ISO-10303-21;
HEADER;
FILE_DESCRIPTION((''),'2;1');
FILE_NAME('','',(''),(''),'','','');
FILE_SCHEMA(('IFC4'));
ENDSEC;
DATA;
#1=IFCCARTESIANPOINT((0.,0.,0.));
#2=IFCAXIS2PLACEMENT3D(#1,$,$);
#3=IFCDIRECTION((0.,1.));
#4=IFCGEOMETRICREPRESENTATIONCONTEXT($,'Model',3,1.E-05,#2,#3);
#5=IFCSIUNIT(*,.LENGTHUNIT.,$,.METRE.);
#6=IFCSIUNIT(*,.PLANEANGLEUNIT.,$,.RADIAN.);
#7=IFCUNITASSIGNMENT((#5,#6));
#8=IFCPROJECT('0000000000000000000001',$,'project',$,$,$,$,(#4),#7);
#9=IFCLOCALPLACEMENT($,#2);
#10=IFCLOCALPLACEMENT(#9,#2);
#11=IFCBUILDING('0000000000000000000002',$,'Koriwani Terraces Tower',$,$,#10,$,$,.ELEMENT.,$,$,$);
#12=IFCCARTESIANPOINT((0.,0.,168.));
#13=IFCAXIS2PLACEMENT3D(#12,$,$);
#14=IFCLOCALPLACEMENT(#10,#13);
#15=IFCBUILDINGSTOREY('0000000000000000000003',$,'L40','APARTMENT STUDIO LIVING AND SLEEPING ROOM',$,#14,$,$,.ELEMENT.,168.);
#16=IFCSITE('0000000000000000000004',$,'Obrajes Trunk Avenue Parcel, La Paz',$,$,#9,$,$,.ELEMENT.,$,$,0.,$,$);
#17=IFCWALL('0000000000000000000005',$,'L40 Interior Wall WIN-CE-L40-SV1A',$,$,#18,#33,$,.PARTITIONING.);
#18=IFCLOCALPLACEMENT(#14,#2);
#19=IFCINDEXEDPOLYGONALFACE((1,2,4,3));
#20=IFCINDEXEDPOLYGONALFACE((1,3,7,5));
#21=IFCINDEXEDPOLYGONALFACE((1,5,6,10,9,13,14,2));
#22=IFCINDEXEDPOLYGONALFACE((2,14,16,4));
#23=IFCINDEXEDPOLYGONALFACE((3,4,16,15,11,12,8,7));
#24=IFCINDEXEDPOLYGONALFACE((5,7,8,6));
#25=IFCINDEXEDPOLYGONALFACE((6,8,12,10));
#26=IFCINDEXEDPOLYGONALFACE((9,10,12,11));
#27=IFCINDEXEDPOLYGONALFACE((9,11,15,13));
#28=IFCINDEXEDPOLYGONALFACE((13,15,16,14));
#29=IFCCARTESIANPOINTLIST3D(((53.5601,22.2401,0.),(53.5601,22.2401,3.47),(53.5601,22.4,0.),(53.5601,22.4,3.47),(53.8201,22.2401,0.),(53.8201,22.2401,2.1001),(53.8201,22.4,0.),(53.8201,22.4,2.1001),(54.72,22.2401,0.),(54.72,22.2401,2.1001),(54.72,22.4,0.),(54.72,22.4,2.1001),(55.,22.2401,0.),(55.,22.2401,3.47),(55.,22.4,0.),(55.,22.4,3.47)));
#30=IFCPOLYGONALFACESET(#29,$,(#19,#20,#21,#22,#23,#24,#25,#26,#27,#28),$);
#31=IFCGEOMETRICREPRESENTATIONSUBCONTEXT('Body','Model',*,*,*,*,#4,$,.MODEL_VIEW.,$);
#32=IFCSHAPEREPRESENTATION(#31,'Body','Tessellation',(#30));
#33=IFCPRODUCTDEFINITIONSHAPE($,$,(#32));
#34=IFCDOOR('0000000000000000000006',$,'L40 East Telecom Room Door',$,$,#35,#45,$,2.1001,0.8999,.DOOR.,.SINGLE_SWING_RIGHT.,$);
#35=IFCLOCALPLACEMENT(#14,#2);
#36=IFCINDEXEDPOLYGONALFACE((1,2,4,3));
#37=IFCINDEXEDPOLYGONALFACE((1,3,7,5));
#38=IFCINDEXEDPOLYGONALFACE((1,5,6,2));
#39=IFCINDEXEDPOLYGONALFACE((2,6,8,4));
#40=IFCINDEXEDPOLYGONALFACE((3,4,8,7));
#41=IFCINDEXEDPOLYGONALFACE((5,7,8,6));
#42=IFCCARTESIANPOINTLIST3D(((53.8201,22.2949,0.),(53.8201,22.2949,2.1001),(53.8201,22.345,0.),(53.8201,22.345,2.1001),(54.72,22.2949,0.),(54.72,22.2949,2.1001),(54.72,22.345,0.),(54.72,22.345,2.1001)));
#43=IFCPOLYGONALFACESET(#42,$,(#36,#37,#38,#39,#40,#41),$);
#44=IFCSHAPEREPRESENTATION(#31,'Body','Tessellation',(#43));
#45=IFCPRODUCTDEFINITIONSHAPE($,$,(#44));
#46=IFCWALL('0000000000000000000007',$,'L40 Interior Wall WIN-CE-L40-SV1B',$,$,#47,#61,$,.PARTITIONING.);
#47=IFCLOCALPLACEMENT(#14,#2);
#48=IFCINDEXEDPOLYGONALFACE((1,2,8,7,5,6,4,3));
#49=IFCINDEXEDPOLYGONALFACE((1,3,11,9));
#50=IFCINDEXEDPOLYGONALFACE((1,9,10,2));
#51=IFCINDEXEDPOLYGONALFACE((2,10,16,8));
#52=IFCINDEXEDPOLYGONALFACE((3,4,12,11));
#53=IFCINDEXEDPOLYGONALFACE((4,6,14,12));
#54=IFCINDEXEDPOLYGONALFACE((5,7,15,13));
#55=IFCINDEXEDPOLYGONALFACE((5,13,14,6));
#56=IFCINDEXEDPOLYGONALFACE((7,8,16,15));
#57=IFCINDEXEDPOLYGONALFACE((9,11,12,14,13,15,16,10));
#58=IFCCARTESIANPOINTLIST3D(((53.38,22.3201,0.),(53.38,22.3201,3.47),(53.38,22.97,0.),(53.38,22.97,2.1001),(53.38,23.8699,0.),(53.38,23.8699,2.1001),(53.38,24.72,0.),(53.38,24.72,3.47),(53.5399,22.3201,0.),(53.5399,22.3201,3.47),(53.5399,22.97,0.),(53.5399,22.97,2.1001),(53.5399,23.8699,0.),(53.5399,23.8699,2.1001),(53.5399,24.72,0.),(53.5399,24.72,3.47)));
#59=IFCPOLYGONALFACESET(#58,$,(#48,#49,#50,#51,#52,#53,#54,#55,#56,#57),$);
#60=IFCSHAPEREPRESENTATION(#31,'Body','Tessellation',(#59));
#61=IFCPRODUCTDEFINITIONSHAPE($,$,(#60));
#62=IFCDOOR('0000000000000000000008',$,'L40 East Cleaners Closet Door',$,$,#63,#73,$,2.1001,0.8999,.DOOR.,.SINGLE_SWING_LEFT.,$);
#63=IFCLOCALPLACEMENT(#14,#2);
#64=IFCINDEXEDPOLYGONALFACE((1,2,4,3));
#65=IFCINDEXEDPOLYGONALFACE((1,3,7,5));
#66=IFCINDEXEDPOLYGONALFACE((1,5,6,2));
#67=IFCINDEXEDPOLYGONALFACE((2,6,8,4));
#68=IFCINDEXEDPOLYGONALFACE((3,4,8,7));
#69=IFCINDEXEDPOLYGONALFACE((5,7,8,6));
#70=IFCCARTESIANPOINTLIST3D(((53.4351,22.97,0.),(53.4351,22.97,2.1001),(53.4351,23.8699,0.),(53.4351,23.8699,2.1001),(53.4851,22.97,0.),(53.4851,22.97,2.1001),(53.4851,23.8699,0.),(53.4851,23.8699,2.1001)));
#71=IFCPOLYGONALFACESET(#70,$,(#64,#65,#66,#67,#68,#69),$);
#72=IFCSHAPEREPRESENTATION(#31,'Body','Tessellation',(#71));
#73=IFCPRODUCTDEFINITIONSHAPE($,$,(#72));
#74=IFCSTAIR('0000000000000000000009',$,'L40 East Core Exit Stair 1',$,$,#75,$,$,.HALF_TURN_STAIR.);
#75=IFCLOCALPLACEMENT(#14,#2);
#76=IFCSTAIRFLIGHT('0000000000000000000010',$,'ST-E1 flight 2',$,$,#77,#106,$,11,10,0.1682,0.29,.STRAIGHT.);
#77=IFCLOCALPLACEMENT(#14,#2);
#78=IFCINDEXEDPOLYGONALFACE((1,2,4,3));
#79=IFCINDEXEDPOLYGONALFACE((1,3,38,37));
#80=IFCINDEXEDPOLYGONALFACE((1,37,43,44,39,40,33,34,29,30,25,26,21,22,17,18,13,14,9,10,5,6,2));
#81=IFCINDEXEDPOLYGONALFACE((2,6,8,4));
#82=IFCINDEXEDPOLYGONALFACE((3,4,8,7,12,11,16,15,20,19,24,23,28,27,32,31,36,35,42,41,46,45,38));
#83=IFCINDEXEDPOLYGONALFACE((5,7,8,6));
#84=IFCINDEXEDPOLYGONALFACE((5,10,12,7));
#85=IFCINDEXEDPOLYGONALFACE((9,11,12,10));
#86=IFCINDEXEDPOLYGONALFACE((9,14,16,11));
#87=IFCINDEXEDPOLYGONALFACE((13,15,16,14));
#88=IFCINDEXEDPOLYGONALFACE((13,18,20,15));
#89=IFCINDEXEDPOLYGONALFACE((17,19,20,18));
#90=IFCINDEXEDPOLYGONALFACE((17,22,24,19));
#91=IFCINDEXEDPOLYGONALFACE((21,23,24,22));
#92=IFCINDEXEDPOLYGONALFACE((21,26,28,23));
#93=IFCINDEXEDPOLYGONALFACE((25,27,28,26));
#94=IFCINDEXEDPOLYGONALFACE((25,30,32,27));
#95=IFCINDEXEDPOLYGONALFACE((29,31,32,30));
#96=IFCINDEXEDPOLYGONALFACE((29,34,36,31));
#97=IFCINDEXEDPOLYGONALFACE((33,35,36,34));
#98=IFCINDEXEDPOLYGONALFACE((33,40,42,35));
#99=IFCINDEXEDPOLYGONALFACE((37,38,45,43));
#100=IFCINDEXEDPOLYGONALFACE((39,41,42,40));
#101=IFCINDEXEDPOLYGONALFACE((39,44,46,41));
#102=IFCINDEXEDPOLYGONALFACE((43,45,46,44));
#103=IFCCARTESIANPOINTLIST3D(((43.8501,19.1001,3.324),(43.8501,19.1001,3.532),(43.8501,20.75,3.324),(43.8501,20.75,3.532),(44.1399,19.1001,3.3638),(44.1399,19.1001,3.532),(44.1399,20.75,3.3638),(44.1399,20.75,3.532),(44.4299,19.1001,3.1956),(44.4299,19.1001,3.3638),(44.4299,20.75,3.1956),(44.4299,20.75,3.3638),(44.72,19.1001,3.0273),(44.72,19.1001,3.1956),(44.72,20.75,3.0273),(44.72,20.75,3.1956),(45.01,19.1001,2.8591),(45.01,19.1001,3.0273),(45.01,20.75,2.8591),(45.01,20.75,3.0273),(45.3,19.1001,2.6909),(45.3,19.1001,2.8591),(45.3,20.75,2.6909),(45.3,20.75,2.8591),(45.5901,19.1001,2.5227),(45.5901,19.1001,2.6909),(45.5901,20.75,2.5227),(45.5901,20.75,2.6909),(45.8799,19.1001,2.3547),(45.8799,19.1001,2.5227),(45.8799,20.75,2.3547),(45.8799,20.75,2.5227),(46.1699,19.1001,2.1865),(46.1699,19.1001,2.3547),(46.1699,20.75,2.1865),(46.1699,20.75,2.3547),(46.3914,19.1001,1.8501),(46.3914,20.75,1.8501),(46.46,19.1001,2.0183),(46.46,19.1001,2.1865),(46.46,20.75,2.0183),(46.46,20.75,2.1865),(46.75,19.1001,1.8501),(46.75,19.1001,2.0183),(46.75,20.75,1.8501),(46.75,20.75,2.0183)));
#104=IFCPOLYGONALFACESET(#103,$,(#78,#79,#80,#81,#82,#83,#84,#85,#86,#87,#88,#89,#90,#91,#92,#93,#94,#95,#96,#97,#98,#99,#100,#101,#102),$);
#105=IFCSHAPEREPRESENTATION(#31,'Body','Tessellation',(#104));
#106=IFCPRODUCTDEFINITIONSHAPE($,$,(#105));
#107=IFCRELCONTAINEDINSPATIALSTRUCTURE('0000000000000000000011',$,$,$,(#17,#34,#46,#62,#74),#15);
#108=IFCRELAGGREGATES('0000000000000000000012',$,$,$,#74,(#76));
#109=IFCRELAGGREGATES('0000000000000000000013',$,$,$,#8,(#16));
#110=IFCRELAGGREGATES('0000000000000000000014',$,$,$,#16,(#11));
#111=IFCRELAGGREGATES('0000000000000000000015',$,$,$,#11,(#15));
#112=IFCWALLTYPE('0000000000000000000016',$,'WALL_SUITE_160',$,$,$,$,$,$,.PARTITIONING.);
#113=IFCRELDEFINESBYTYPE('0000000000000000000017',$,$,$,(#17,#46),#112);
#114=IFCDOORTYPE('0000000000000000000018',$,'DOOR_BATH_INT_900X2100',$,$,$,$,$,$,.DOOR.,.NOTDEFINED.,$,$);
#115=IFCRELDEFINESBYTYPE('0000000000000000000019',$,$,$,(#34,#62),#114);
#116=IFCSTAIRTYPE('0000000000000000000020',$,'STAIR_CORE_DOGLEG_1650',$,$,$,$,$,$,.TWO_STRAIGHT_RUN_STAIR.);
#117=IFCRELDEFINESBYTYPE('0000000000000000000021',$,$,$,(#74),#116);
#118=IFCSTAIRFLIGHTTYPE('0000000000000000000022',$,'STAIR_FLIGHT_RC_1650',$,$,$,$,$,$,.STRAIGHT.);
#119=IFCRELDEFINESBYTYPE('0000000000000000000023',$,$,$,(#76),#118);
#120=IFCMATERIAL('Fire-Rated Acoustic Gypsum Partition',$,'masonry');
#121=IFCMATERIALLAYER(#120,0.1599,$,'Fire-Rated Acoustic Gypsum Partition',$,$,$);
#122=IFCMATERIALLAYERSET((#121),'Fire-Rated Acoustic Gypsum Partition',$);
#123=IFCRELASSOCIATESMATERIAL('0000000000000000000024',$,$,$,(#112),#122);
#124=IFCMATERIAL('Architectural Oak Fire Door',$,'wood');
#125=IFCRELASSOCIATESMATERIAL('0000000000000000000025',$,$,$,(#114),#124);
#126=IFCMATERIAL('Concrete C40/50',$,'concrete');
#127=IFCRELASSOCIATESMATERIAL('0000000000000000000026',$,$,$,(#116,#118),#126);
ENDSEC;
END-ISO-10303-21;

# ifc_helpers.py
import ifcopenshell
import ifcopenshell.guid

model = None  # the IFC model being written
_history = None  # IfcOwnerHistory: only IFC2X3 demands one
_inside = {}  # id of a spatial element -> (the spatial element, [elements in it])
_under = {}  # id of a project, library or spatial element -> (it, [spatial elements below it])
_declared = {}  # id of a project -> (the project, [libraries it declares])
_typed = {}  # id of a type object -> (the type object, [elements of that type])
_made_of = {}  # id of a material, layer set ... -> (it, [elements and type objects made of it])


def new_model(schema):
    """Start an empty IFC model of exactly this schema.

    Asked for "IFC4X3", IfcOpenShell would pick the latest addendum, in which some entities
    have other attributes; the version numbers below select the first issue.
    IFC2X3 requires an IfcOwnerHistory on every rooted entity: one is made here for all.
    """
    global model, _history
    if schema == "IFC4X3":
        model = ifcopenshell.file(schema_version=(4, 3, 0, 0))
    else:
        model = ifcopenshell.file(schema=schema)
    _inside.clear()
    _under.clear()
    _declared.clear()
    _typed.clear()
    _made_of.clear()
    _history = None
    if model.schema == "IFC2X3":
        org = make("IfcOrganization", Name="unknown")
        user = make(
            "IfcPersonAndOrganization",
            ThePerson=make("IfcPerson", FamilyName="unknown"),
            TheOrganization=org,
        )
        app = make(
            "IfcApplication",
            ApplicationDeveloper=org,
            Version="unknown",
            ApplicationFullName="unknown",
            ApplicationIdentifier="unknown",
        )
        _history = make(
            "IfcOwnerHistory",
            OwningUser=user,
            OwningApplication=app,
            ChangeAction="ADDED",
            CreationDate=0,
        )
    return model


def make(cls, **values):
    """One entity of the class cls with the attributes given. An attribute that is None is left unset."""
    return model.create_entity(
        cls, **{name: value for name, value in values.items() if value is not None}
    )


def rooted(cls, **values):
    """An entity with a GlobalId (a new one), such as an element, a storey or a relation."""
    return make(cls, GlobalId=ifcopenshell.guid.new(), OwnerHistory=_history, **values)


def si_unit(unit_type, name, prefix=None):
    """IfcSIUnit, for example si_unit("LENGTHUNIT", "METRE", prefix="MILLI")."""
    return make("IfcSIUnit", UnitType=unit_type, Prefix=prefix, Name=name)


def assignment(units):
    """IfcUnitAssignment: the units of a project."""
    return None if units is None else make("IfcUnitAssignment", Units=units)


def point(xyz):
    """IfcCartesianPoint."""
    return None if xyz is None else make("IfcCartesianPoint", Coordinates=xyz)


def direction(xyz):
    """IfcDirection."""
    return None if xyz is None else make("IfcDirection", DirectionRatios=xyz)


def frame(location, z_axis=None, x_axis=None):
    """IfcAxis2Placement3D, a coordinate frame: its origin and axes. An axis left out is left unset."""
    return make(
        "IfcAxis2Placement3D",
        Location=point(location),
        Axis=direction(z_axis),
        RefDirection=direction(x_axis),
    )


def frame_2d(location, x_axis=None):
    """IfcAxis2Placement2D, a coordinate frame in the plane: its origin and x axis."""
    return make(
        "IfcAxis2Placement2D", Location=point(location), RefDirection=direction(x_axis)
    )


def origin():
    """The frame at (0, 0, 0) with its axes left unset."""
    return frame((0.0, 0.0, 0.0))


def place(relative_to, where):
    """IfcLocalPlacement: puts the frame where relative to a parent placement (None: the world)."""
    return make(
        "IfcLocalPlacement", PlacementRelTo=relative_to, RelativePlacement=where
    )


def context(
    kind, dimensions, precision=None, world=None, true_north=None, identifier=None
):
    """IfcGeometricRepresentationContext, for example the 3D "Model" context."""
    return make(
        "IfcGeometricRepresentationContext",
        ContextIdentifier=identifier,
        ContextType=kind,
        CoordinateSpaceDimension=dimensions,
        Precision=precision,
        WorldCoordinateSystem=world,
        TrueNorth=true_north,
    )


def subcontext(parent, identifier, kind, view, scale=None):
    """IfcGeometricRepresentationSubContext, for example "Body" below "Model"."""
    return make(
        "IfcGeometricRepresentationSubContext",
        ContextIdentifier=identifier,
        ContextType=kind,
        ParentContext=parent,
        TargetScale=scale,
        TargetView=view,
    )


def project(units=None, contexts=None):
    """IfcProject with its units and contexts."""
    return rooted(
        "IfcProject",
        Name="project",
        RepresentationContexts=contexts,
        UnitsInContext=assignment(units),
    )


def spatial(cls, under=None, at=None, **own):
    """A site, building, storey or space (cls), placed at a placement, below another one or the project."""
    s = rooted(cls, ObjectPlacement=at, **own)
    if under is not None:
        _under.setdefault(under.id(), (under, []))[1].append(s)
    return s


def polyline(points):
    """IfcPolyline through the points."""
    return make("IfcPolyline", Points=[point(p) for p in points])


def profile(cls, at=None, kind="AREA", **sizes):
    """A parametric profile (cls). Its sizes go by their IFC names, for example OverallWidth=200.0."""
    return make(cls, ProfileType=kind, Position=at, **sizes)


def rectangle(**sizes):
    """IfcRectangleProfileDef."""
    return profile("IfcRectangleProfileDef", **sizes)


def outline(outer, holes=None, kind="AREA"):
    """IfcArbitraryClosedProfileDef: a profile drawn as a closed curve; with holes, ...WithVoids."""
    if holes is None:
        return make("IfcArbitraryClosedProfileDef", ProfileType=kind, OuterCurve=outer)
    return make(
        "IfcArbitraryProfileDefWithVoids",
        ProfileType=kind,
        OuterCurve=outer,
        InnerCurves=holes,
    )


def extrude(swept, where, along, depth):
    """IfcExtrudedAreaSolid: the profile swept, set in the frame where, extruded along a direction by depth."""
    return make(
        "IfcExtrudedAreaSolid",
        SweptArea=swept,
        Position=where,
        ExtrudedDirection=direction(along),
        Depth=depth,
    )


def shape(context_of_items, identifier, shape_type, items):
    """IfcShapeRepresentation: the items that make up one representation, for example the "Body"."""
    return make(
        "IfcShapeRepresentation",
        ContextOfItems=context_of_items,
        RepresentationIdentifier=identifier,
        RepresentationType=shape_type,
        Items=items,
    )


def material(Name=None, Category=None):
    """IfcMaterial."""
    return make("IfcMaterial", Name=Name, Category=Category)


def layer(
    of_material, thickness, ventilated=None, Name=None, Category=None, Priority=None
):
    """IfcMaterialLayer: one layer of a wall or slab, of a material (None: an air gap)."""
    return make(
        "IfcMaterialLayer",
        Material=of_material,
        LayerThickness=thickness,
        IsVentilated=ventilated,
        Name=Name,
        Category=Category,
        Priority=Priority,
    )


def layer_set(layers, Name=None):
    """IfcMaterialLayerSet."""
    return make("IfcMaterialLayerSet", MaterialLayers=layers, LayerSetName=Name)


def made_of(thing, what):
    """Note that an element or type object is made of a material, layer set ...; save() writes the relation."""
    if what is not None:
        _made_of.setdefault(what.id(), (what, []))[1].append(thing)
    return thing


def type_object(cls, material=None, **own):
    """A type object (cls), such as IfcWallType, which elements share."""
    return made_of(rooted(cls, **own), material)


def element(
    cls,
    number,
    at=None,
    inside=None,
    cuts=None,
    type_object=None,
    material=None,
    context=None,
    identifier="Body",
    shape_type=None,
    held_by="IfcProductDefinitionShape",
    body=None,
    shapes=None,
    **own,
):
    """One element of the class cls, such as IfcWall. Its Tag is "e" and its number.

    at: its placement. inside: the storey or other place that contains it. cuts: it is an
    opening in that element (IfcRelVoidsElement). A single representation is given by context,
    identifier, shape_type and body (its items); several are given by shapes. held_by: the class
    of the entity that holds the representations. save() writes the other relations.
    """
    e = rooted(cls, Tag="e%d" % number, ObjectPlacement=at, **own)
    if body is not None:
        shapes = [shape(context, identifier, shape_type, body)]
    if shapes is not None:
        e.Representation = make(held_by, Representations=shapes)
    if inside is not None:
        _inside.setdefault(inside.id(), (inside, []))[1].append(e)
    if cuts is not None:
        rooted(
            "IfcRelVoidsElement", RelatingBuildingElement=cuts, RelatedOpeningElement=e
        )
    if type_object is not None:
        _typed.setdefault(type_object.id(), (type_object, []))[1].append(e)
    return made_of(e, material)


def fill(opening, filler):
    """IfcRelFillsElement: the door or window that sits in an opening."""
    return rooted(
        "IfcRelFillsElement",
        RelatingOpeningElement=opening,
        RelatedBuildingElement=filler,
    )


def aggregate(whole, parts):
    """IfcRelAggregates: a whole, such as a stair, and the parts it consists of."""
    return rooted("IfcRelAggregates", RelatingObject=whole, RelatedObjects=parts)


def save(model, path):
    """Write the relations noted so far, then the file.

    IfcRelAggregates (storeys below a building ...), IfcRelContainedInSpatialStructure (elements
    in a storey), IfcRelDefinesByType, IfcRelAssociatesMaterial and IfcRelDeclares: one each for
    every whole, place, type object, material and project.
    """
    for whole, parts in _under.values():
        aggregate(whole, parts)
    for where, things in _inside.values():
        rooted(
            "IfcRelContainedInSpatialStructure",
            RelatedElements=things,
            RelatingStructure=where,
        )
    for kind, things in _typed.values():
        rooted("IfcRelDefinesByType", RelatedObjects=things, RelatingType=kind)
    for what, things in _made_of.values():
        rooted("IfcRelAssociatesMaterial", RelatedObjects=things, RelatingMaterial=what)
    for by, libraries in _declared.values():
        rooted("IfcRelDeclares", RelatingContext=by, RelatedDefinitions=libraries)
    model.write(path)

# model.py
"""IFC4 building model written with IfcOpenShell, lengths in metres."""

from ifc_helpers import new_model, si_unit, direction, frame, frame_2d, origin, place, context, subcontext, project, spatial, polyline, rectangle, outline, extrude, material, layer, layer_set, type_object, element, fill, aggregate, save


model = new_model("IFC4")

# Units and contexts
model_context = context("Model", 3, precision=1e-05, world=origin(), true_north=direction((0.0, 1.0)))
body_context = subcontext(model_context, "Body", "Model", "MODEL_VIEW")
ifc_project = project(units=[si_unit("LENGTHUNIT", "METRE"), si_unit("PLANEANGLEUNIT", "RADIAN")], contexts=[model_context])

# Site, building, storey
site_placement = place(None, origin())
site = spatial("IfcSite", under=ifc_project, at=site_placement, Name="Obrajes Trunk Avenue Parcel, La Paz", CompositionType="ELEMENT", RefElevation=0.0)
building_placement = place(site_placement, origin())
building = spatial("IfcBuilding", under=site, at=building_placement, Name="Koriwani Terraces Tower", CompositionType="ELEMENT")
storey_placement = place(building_placement, frame((0.0, 0.0, 168.0)))
storey = spatial("IfcBuildingStorey", under=building, at=storey_placement, Name="L40", Description="APARTMENT STUDIO LIVING AND SLEEPING ROOM", CompositionType="ELEMENT", Elevation=168.0)

# Shared definitions
ifc_material_1 = material(Name="Concrete C40/50", Category="concrete")

# Walls, openings, doors
ifc_material_2 = material(Name="Fire-Rated Acoustic Gypsum Partition", Category="masonry")
ifc_layer_1 = layer(ifc_material_2, 0.1599, Name="Fire-Rated Acoustic Gypsum Partition")
ifc_layer_set_1 = layer_set([ifc_layer_1], Name="Fire-Rated Acoustic Gypsum Partition")
wall_type_1 = type_object("IfcWallType", Name="WALL_SUITE_160", PredefinedType="PARTITIONING", material=ifc_layer_set_1)
wall_1_placement = place(storey_placement, frame((53.5601, 22.3201, 0.0), z_axis=(0.0, 0.0, 1.0), x_axis=(1.0, 0.0, 0.0)))
wall_1 = element("IfcWall", 1, at=wall_1_placement, inside=storey, type_object=wall_type_1, Name="L40 Interior Wall WIN-CE-L40-SV1A", PredefinedType="PARTITIONING", context=body_context, shape_type="SweptSolid", body=[
    extrude(rectangle(XDim=1.4399, YDim=0.1599, at=frame_2d((0.72, 0.0))), origin(), (0.0, 0.0, 1.0), 3.47),
])
opening_1_placement = place(wall_1_placement, frame((0.26, 0.0, 0.0)))
opening_1 = element("IfcOpeningElement", 2, at=opening_1_placement, cuts=wall_1, PredefinedType="OPENING", context=body_context, shape_type="SweptSolid", body=[
    extrude(rectangle(XDim=0.8999, YDim=2.1001, at=frame_2d((0.45, 1.05))), frame((0.0, 0.0898, 0.0), z_axis=(0.0, -1.0, 0.0), x_axis=(1.0, 0.0, 0.0)), (0.0, 0.0, 1.0), 0.1799),
])
ifc_material_3 = material(Name="Architectural Oak Fire Door", Category="wood")
door_type_1 = type_object("IfcDoorType", Name="DOOR_BATH_INT_900X2100", OperationType="NOTDEFINED", PredefinedType="DOOR", material=ifc_material_3)
door_1_placement = place(opening_1_placement, origin())
door_1 = element("IfcDoor", 3, at=door_1_placement, inside=storey, type_object=door_type_1, Name="L40 East Telecom Room Door", OperationType="SINGLE_SWING_RIGHT", OverallHeight=2.1001, OverallWidth=0.8999, PredefinedType="DOOR", context=body_context, shape_type="SweptSolid", body=[
    extrude(rectangle(XDim=0.8999, YDim=2.1001, at=frame_2d((0.45, 1.05))), frame((0.0, 0.0249, 0.0), z_axis=(0.0, -1.0, 0.0), x_axis=(1.0, 0.0, 0.0)), (0.0, 0.0, 1.0), 0.05),
])
fill(opening_1, door_1)
wall_2_placement = place(storey_placement, frame((53.46, 22.3201, 0.0), z_axis=(0.0, 0.0, 1.0), x_axis=(0.0, 1.0, 0.0)))
wall_2 = element("IfcWall", 4, at=wall_2_placement, inside=storey, type_object=wall_type_1, Name="L40 Interior Wall WIN-CE-L40-SV1B", PredefinedType="PARTITIONING", context=body_context, shape_type="SweptSolid", body=[
    extrude(rectangle(XDim=2.3999, YDim=0.1599, at=frame_2d((1.2, 0.0))), origin(), (0.0, 0.0, 1.0), 3.47),
])
opening_2_placement = place(wall_2_placement, frame((0.6499, 0.0, 0.0)))
opening_2 = element("IfcOpeningElement", 5, at=opening_2_placement, cuts=wall_2, PredefinedType="OPENING", context=body_context, shape_type="SweptSolid", body=[
    extrude(rectangle(XDim=0.8999, YDim=2.1001, at=frame_2d((0.45, 1.05))), frame((0.0, 0.0898, 0.0), z_axis=(0.0, -1.0, 0.0), x_axis=(1.0, 0.0, 0.0)), (0.0, 0.0, 1.0), 0.1799),
])
door_2_placement = place(opening_2_placement, origin())
door_2 = element("IfcDoor", 6, at=door_2_placement, inside=storey, type_object=door_type_1, Name="L40 East Cleaners Closet Door", OperationType="SINGLE_SWING_LEFT", OverallHeight=2.1001, OverallWidth=0.8999, PredefinedType="DOOR", context=body_context, shape_type="SweptSolid", body=[
    extrude(rectangle(XDim=0.8999, YDim=2.1001, at=frame_2d((0.45, 1.05))), frame((0.0, 0.0249, 0.0), z_axis=(0.0, -1.0, 0.0), x_axis=(1.0, 0.0, 0.0)), (0.0, 0.0, 1.0), 0.05),
])
fill(opening_2, door_2)

# Stair, stair flight
stair_type = type_object("IfcStairType", Name="STAIR_CORE_DOGLEG_1650", PredefinedType="TWO_STRAIGHT_RUN_STAIR", material=ifc_material_1)
stair_placement = place(storey_placement, origin())
stair = element("IfcStair", 7, at=stair_placement, inside=storey, type_object=stair_type, Name="L40 East Core Exit Stair 1", PredefinedType="HALF_TURN_STAIR")
stair_flight_type = type_object("IfcStairFlightType", Name="STAIR_FLIGHT_RC_1650", PredefinedType="STRAIGHT", material=ifc_material_1)
stair_flight_placement = place(storey_placement, frame((46.75, 19.925, 1.8501), z_axis=(0.0, 0.0, 1.0), x_axis=(-1.0, 0.0, 0.0)))
stair_flight = element("IfcStairFlight", 8, at=stair_flight_placement, type_object=stair_flight_type, Name="ST-E1 flight 2", NumberOfRisers=11, NumberOfTreads=10, PredefinedType="STRAIGHT", RiserHeight=0.1682, TreadLength=0.29, context=body_context, shape_type="SweptSolid", body=[
    extrude(outline(polyline([(0.0, 0.0), (0.0, 0.1682), (0.29, 0.1682), (0.29, 0.3364), (0.5801, 0.3364), (0.5801, 0.5046), (0.8701, 0.5046), (0.8701, 0.6726), (1.1599, 0.6726), (1.1599, 0.8408), (1.45, 0.8408), (1.45, 1.009), (1.74, 1.009), (1.74, 1.1772), (2.03, 1.1772), (2.03, 1.3455), (2.3201, 1.3455), (2.3201, 1.5137), (2.6101, 1.5137), (2.6101, 1.6819), (2.8999, 1.6819), (2.8999, 1.8501), (2.8999, 1.4739), (0.3586, 0.0), (0.0, 0.0)])), frame((0.0, 0.825, 0.0), z_axis=(0.0, -1.0, 0.0), x_axis=(1.0, 0.0, 0.0)), (0.0, 0.0, 1.0), 1.6499),
])
aggregate(stair, [stair_flight])

save(model, "model.ifc")
